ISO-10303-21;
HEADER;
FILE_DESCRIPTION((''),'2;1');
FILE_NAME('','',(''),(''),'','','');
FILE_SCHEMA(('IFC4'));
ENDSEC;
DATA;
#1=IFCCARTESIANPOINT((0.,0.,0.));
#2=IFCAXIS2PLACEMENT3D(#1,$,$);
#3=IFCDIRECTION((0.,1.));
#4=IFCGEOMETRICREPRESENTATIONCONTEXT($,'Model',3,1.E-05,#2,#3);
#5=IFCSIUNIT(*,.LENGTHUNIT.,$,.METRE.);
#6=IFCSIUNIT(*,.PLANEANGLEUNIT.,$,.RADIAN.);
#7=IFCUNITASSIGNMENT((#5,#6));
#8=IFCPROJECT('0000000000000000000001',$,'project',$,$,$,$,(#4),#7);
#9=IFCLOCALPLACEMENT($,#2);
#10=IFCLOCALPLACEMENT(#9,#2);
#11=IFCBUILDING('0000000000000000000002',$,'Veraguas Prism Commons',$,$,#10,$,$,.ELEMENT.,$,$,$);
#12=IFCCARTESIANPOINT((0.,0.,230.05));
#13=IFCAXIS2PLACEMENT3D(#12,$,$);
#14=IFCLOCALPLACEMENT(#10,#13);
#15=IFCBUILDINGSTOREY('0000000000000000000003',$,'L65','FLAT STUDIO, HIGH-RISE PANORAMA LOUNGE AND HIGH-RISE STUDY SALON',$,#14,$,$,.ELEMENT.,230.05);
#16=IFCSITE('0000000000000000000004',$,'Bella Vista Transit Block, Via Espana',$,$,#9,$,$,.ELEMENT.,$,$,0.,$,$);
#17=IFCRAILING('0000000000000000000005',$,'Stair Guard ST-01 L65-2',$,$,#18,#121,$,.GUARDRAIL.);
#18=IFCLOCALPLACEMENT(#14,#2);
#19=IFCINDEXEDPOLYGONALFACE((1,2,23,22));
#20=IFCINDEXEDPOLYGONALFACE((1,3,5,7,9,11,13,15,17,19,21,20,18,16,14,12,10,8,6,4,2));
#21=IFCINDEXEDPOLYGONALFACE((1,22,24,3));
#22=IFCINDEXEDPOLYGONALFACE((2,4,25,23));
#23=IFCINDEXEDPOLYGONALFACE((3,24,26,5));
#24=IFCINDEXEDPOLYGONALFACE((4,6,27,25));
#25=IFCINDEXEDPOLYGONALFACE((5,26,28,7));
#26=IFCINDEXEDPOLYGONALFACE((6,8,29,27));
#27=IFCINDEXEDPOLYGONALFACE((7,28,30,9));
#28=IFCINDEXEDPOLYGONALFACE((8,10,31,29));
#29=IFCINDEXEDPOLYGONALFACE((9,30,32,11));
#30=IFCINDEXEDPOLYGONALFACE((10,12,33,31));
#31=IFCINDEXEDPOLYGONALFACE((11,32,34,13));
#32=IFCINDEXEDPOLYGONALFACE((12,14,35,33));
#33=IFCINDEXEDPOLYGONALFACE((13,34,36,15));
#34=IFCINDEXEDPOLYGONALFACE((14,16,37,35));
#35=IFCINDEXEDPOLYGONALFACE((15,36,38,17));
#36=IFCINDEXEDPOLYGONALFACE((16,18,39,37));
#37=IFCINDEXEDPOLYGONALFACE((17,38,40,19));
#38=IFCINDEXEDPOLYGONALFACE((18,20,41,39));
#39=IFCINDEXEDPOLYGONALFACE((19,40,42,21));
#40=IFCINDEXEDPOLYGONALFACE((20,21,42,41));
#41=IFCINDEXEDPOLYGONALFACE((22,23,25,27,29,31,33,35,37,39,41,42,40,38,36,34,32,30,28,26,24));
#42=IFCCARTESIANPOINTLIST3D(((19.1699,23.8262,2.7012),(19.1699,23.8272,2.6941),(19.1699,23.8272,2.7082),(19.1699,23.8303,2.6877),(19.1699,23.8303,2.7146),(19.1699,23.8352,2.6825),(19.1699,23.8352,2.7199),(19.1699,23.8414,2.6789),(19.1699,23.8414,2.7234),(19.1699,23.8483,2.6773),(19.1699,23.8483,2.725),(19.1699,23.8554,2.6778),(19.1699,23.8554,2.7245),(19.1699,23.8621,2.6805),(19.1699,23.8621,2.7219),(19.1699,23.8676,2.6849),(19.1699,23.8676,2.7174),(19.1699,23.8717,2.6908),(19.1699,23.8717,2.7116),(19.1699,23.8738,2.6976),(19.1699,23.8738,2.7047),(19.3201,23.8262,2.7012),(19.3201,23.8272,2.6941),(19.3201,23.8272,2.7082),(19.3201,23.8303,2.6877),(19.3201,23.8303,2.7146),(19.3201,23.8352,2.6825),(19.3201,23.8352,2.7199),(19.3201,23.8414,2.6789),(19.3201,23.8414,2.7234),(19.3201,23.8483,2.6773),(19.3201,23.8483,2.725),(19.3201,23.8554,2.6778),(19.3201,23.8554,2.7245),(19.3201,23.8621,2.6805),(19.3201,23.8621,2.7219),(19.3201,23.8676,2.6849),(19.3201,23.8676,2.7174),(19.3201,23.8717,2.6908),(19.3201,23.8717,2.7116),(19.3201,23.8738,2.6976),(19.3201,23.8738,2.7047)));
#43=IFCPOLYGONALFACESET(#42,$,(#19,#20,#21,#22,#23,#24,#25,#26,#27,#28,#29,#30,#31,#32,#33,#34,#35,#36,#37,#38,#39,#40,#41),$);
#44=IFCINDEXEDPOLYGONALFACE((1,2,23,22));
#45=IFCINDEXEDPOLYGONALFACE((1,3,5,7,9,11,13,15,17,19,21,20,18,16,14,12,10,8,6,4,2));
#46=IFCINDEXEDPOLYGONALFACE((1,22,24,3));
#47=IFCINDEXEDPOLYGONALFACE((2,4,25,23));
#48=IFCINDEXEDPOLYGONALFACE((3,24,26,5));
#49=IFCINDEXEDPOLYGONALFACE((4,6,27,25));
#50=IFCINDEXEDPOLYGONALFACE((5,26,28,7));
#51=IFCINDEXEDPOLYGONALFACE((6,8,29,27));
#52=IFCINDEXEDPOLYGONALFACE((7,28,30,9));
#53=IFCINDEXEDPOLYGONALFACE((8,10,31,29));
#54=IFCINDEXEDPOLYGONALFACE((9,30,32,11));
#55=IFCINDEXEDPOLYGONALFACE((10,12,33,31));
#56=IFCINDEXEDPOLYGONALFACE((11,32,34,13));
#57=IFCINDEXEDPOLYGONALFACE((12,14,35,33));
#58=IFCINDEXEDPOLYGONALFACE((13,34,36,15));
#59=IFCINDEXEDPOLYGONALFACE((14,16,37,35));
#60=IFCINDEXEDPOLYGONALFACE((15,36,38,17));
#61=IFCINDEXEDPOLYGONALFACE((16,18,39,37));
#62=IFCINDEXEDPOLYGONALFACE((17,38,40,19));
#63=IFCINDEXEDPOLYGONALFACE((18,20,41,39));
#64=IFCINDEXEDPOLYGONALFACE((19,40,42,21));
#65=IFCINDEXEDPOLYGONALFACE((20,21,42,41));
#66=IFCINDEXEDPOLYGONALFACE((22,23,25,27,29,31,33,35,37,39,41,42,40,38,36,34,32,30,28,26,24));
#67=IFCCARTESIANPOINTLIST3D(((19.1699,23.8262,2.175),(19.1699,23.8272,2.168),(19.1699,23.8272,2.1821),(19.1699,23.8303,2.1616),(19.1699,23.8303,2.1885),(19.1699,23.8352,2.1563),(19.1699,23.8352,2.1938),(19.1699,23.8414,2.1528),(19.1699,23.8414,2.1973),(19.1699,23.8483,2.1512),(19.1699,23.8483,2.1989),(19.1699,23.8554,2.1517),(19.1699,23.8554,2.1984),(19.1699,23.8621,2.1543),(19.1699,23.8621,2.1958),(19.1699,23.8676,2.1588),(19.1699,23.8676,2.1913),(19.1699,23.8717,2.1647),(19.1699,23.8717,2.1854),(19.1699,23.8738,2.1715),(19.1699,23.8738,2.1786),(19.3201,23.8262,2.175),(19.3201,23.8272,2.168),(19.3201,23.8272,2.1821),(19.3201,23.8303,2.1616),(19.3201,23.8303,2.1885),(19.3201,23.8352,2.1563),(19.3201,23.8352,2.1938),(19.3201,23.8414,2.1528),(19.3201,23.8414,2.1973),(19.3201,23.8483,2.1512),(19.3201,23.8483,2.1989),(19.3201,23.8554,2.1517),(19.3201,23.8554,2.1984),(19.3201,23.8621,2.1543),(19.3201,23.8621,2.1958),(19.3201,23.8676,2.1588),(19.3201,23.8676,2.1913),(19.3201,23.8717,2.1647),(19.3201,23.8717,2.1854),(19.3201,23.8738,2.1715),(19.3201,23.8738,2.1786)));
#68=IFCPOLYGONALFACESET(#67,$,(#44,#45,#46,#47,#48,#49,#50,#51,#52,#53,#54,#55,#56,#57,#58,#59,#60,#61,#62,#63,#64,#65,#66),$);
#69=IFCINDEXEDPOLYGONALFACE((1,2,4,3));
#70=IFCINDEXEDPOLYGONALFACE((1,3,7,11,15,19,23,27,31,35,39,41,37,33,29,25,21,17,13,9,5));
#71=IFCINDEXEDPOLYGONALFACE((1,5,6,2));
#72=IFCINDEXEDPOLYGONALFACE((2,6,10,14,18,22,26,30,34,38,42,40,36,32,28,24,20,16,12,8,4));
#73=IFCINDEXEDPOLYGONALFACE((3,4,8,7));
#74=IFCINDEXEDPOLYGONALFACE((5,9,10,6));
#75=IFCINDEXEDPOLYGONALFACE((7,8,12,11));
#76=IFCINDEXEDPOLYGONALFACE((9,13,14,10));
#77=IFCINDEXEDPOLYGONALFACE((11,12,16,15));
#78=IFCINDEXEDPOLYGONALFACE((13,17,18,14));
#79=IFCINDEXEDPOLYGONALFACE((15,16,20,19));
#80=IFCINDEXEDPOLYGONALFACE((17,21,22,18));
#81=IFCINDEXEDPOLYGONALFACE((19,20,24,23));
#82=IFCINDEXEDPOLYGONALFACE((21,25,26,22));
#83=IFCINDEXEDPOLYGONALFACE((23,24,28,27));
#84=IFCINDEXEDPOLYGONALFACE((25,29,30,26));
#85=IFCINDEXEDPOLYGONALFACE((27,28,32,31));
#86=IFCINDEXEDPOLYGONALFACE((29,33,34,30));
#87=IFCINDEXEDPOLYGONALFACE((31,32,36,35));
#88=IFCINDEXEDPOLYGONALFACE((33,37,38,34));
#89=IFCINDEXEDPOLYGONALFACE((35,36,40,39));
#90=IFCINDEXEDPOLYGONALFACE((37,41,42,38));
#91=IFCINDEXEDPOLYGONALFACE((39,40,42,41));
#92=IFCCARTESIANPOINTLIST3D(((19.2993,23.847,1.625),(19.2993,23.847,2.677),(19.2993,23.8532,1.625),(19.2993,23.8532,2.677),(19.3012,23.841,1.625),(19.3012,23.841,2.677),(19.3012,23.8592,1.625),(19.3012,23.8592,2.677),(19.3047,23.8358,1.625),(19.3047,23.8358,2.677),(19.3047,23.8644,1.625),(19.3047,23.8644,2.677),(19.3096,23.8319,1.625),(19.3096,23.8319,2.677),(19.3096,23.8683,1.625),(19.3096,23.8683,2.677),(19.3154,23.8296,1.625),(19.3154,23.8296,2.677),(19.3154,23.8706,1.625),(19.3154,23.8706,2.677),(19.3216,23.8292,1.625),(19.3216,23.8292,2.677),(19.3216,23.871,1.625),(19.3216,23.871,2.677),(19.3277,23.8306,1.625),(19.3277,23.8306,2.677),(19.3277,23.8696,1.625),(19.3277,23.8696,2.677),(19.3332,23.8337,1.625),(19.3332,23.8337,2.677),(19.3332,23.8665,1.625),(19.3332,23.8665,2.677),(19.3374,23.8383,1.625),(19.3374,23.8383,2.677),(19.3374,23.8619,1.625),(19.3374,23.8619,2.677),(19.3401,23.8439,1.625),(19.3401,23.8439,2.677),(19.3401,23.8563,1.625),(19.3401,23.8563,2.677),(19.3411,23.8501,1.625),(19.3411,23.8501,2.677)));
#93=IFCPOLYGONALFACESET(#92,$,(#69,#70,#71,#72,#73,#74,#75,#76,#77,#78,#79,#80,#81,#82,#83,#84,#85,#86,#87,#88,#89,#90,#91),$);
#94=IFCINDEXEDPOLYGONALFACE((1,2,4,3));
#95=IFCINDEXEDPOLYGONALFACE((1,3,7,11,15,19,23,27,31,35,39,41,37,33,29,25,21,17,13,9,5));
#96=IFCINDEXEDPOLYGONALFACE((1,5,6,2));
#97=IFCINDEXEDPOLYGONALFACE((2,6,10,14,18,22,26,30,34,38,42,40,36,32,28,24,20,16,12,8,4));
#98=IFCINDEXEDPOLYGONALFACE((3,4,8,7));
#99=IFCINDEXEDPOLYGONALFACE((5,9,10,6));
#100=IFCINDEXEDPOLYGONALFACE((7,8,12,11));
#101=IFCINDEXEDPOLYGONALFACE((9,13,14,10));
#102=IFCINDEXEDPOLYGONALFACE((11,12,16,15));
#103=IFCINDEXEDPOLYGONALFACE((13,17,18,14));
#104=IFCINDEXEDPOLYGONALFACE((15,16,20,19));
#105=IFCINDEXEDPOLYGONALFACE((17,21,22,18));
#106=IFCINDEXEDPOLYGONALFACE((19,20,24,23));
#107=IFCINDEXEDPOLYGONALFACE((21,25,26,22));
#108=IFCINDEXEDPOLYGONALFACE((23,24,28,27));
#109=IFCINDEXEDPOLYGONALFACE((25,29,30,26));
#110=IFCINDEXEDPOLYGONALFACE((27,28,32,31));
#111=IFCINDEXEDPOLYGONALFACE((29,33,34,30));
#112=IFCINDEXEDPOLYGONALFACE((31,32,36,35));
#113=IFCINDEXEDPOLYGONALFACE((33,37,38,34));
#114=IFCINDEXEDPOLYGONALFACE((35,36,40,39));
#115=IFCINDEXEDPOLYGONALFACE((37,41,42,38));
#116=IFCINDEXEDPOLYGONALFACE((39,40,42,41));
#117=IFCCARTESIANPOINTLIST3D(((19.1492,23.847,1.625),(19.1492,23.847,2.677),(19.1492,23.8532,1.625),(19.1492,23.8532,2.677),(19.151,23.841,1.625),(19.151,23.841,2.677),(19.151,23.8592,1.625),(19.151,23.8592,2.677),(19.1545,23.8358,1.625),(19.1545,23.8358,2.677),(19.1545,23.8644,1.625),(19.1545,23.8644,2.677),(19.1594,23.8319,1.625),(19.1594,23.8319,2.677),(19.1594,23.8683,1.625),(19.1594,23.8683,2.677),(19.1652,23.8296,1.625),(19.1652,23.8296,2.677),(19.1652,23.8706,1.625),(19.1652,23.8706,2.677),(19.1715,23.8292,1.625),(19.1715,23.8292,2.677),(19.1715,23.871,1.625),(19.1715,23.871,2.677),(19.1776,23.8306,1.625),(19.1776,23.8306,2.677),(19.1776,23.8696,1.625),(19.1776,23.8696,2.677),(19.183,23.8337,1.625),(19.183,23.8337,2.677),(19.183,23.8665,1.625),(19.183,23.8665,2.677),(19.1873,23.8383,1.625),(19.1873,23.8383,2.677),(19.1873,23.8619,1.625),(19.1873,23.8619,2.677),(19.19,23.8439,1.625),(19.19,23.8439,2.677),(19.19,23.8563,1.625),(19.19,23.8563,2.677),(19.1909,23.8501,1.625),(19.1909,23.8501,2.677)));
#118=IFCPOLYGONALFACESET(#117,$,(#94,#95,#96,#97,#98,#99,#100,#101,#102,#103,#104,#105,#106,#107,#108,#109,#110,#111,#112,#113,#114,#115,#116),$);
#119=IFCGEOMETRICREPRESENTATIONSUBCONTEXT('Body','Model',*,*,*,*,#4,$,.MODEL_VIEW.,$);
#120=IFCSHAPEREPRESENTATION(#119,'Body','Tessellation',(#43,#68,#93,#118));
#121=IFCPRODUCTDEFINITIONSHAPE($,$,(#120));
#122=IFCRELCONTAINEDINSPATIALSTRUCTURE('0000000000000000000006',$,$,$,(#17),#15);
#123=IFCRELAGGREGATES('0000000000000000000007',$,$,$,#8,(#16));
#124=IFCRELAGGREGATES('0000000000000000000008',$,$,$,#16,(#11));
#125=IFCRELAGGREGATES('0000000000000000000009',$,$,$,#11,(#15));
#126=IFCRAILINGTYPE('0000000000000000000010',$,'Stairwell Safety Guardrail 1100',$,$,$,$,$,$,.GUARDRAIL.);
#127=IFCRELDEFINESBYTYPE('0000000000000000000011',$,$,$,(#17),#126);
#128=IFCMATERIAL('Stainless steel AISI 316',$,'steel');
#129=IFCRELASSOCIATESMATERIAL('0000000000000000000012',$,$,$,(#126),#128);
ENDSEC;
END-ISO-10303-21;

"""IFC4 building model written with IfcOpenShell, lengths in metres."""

from ifc_helpers import new_model, si_unit, direction, frame, origin, origin_2d, place, context, subcontext, project, spatial, circle, extrude, material, type_object, element, save


model = new_model("IFC4")

# Units and contexts
model_context = context("Model", 3, precision=1e-05, world=origin(), true_north=direction((0.0, 1.0)))
body_context = subcontext(model_context, "Body", "Model", "MODEL_VIEW")
ifc_project = project(units=[si_unit("LENGTHUNIT", "METRE"), si_unit("PLANEANGLEUNIT", "RADIAN")], contexts=[model_context])

# Site, building, storey
site_placement = place(None, origin())
site = spatial("IfcSite", under=ifc_project, at=site_placement, Name="Bella Vista Transit Block, Via Espana", CompositionType="ELEMENT", RefElevation=0.0)
building_placement = place(site_placement, origin())
building = spatial("IfcBuilding", under=site, at=building_placement, Name="Veraguas Prism Commons", CompositionType="ELEMENT")
storey_placement = place(building_placement, frame((0.0, 0.0, 230.05)))
storey = spatial("IfcBuildingStorey", under=building, at=storey_placement, Name="L65", Description="FLAT STUDIO, HIGH-RISE PANORAMA LOUNGE AND HIGH-RISE STUDY SALON", CompositionType="ELEMENT", Elevation=230.05)

# Railing
ifc_material_1 = material(Name="Stainless steel AISI 316", Category="steel")
railing_type_1 = type_object("IfcRailingType", Name="Stairwell Safety Guardrail 1100", PredefinedType="GUARDRAIL", material=ifc_material_1)
railing_1_placement = place(storey_placement, frame((19.3201, 23.8501, 1.625)))
element("IfcRailing", 1, at=railing_1_placement, inside=storey, type_object=railing_type_1, Name="Stair Guard ST-01 L65-2", PredefinedType="GUARDRAIL", context=body_context, shape_type="SweptSolid", body=[
    extrude(circle(Radius=0.0239, at=origin_2d()), frame((0.0, 0.0, 1.0762), z_axis=(-1.0, 0.0, 0.0), x_axis=(0.0, -1.0, 0.0)), (0.0, 0.0, 1.0), 0.1501),
    extrude(circle(Radius=0.0239, at=origin_2d()), frame((0.0, 0.0, 0.55), z_axis=(-1.0, 0.0, 0.0), x_axis=(0.0, -1.0, 0.0)), (0.0, 0.0, 1.0), 0.1501),
    extrude(circle(Radius=0.021, at=origin_2d()), origin(), (0.0, 0.0, 1.0), 1.052),
    extrude(circle(Radius=0.021, at=origin_2d()), frame((-0.1501, 0.0, 0.0)), (0.0, 0.0, 1.0), 1.052),
])

save(model, "model.ifc")
